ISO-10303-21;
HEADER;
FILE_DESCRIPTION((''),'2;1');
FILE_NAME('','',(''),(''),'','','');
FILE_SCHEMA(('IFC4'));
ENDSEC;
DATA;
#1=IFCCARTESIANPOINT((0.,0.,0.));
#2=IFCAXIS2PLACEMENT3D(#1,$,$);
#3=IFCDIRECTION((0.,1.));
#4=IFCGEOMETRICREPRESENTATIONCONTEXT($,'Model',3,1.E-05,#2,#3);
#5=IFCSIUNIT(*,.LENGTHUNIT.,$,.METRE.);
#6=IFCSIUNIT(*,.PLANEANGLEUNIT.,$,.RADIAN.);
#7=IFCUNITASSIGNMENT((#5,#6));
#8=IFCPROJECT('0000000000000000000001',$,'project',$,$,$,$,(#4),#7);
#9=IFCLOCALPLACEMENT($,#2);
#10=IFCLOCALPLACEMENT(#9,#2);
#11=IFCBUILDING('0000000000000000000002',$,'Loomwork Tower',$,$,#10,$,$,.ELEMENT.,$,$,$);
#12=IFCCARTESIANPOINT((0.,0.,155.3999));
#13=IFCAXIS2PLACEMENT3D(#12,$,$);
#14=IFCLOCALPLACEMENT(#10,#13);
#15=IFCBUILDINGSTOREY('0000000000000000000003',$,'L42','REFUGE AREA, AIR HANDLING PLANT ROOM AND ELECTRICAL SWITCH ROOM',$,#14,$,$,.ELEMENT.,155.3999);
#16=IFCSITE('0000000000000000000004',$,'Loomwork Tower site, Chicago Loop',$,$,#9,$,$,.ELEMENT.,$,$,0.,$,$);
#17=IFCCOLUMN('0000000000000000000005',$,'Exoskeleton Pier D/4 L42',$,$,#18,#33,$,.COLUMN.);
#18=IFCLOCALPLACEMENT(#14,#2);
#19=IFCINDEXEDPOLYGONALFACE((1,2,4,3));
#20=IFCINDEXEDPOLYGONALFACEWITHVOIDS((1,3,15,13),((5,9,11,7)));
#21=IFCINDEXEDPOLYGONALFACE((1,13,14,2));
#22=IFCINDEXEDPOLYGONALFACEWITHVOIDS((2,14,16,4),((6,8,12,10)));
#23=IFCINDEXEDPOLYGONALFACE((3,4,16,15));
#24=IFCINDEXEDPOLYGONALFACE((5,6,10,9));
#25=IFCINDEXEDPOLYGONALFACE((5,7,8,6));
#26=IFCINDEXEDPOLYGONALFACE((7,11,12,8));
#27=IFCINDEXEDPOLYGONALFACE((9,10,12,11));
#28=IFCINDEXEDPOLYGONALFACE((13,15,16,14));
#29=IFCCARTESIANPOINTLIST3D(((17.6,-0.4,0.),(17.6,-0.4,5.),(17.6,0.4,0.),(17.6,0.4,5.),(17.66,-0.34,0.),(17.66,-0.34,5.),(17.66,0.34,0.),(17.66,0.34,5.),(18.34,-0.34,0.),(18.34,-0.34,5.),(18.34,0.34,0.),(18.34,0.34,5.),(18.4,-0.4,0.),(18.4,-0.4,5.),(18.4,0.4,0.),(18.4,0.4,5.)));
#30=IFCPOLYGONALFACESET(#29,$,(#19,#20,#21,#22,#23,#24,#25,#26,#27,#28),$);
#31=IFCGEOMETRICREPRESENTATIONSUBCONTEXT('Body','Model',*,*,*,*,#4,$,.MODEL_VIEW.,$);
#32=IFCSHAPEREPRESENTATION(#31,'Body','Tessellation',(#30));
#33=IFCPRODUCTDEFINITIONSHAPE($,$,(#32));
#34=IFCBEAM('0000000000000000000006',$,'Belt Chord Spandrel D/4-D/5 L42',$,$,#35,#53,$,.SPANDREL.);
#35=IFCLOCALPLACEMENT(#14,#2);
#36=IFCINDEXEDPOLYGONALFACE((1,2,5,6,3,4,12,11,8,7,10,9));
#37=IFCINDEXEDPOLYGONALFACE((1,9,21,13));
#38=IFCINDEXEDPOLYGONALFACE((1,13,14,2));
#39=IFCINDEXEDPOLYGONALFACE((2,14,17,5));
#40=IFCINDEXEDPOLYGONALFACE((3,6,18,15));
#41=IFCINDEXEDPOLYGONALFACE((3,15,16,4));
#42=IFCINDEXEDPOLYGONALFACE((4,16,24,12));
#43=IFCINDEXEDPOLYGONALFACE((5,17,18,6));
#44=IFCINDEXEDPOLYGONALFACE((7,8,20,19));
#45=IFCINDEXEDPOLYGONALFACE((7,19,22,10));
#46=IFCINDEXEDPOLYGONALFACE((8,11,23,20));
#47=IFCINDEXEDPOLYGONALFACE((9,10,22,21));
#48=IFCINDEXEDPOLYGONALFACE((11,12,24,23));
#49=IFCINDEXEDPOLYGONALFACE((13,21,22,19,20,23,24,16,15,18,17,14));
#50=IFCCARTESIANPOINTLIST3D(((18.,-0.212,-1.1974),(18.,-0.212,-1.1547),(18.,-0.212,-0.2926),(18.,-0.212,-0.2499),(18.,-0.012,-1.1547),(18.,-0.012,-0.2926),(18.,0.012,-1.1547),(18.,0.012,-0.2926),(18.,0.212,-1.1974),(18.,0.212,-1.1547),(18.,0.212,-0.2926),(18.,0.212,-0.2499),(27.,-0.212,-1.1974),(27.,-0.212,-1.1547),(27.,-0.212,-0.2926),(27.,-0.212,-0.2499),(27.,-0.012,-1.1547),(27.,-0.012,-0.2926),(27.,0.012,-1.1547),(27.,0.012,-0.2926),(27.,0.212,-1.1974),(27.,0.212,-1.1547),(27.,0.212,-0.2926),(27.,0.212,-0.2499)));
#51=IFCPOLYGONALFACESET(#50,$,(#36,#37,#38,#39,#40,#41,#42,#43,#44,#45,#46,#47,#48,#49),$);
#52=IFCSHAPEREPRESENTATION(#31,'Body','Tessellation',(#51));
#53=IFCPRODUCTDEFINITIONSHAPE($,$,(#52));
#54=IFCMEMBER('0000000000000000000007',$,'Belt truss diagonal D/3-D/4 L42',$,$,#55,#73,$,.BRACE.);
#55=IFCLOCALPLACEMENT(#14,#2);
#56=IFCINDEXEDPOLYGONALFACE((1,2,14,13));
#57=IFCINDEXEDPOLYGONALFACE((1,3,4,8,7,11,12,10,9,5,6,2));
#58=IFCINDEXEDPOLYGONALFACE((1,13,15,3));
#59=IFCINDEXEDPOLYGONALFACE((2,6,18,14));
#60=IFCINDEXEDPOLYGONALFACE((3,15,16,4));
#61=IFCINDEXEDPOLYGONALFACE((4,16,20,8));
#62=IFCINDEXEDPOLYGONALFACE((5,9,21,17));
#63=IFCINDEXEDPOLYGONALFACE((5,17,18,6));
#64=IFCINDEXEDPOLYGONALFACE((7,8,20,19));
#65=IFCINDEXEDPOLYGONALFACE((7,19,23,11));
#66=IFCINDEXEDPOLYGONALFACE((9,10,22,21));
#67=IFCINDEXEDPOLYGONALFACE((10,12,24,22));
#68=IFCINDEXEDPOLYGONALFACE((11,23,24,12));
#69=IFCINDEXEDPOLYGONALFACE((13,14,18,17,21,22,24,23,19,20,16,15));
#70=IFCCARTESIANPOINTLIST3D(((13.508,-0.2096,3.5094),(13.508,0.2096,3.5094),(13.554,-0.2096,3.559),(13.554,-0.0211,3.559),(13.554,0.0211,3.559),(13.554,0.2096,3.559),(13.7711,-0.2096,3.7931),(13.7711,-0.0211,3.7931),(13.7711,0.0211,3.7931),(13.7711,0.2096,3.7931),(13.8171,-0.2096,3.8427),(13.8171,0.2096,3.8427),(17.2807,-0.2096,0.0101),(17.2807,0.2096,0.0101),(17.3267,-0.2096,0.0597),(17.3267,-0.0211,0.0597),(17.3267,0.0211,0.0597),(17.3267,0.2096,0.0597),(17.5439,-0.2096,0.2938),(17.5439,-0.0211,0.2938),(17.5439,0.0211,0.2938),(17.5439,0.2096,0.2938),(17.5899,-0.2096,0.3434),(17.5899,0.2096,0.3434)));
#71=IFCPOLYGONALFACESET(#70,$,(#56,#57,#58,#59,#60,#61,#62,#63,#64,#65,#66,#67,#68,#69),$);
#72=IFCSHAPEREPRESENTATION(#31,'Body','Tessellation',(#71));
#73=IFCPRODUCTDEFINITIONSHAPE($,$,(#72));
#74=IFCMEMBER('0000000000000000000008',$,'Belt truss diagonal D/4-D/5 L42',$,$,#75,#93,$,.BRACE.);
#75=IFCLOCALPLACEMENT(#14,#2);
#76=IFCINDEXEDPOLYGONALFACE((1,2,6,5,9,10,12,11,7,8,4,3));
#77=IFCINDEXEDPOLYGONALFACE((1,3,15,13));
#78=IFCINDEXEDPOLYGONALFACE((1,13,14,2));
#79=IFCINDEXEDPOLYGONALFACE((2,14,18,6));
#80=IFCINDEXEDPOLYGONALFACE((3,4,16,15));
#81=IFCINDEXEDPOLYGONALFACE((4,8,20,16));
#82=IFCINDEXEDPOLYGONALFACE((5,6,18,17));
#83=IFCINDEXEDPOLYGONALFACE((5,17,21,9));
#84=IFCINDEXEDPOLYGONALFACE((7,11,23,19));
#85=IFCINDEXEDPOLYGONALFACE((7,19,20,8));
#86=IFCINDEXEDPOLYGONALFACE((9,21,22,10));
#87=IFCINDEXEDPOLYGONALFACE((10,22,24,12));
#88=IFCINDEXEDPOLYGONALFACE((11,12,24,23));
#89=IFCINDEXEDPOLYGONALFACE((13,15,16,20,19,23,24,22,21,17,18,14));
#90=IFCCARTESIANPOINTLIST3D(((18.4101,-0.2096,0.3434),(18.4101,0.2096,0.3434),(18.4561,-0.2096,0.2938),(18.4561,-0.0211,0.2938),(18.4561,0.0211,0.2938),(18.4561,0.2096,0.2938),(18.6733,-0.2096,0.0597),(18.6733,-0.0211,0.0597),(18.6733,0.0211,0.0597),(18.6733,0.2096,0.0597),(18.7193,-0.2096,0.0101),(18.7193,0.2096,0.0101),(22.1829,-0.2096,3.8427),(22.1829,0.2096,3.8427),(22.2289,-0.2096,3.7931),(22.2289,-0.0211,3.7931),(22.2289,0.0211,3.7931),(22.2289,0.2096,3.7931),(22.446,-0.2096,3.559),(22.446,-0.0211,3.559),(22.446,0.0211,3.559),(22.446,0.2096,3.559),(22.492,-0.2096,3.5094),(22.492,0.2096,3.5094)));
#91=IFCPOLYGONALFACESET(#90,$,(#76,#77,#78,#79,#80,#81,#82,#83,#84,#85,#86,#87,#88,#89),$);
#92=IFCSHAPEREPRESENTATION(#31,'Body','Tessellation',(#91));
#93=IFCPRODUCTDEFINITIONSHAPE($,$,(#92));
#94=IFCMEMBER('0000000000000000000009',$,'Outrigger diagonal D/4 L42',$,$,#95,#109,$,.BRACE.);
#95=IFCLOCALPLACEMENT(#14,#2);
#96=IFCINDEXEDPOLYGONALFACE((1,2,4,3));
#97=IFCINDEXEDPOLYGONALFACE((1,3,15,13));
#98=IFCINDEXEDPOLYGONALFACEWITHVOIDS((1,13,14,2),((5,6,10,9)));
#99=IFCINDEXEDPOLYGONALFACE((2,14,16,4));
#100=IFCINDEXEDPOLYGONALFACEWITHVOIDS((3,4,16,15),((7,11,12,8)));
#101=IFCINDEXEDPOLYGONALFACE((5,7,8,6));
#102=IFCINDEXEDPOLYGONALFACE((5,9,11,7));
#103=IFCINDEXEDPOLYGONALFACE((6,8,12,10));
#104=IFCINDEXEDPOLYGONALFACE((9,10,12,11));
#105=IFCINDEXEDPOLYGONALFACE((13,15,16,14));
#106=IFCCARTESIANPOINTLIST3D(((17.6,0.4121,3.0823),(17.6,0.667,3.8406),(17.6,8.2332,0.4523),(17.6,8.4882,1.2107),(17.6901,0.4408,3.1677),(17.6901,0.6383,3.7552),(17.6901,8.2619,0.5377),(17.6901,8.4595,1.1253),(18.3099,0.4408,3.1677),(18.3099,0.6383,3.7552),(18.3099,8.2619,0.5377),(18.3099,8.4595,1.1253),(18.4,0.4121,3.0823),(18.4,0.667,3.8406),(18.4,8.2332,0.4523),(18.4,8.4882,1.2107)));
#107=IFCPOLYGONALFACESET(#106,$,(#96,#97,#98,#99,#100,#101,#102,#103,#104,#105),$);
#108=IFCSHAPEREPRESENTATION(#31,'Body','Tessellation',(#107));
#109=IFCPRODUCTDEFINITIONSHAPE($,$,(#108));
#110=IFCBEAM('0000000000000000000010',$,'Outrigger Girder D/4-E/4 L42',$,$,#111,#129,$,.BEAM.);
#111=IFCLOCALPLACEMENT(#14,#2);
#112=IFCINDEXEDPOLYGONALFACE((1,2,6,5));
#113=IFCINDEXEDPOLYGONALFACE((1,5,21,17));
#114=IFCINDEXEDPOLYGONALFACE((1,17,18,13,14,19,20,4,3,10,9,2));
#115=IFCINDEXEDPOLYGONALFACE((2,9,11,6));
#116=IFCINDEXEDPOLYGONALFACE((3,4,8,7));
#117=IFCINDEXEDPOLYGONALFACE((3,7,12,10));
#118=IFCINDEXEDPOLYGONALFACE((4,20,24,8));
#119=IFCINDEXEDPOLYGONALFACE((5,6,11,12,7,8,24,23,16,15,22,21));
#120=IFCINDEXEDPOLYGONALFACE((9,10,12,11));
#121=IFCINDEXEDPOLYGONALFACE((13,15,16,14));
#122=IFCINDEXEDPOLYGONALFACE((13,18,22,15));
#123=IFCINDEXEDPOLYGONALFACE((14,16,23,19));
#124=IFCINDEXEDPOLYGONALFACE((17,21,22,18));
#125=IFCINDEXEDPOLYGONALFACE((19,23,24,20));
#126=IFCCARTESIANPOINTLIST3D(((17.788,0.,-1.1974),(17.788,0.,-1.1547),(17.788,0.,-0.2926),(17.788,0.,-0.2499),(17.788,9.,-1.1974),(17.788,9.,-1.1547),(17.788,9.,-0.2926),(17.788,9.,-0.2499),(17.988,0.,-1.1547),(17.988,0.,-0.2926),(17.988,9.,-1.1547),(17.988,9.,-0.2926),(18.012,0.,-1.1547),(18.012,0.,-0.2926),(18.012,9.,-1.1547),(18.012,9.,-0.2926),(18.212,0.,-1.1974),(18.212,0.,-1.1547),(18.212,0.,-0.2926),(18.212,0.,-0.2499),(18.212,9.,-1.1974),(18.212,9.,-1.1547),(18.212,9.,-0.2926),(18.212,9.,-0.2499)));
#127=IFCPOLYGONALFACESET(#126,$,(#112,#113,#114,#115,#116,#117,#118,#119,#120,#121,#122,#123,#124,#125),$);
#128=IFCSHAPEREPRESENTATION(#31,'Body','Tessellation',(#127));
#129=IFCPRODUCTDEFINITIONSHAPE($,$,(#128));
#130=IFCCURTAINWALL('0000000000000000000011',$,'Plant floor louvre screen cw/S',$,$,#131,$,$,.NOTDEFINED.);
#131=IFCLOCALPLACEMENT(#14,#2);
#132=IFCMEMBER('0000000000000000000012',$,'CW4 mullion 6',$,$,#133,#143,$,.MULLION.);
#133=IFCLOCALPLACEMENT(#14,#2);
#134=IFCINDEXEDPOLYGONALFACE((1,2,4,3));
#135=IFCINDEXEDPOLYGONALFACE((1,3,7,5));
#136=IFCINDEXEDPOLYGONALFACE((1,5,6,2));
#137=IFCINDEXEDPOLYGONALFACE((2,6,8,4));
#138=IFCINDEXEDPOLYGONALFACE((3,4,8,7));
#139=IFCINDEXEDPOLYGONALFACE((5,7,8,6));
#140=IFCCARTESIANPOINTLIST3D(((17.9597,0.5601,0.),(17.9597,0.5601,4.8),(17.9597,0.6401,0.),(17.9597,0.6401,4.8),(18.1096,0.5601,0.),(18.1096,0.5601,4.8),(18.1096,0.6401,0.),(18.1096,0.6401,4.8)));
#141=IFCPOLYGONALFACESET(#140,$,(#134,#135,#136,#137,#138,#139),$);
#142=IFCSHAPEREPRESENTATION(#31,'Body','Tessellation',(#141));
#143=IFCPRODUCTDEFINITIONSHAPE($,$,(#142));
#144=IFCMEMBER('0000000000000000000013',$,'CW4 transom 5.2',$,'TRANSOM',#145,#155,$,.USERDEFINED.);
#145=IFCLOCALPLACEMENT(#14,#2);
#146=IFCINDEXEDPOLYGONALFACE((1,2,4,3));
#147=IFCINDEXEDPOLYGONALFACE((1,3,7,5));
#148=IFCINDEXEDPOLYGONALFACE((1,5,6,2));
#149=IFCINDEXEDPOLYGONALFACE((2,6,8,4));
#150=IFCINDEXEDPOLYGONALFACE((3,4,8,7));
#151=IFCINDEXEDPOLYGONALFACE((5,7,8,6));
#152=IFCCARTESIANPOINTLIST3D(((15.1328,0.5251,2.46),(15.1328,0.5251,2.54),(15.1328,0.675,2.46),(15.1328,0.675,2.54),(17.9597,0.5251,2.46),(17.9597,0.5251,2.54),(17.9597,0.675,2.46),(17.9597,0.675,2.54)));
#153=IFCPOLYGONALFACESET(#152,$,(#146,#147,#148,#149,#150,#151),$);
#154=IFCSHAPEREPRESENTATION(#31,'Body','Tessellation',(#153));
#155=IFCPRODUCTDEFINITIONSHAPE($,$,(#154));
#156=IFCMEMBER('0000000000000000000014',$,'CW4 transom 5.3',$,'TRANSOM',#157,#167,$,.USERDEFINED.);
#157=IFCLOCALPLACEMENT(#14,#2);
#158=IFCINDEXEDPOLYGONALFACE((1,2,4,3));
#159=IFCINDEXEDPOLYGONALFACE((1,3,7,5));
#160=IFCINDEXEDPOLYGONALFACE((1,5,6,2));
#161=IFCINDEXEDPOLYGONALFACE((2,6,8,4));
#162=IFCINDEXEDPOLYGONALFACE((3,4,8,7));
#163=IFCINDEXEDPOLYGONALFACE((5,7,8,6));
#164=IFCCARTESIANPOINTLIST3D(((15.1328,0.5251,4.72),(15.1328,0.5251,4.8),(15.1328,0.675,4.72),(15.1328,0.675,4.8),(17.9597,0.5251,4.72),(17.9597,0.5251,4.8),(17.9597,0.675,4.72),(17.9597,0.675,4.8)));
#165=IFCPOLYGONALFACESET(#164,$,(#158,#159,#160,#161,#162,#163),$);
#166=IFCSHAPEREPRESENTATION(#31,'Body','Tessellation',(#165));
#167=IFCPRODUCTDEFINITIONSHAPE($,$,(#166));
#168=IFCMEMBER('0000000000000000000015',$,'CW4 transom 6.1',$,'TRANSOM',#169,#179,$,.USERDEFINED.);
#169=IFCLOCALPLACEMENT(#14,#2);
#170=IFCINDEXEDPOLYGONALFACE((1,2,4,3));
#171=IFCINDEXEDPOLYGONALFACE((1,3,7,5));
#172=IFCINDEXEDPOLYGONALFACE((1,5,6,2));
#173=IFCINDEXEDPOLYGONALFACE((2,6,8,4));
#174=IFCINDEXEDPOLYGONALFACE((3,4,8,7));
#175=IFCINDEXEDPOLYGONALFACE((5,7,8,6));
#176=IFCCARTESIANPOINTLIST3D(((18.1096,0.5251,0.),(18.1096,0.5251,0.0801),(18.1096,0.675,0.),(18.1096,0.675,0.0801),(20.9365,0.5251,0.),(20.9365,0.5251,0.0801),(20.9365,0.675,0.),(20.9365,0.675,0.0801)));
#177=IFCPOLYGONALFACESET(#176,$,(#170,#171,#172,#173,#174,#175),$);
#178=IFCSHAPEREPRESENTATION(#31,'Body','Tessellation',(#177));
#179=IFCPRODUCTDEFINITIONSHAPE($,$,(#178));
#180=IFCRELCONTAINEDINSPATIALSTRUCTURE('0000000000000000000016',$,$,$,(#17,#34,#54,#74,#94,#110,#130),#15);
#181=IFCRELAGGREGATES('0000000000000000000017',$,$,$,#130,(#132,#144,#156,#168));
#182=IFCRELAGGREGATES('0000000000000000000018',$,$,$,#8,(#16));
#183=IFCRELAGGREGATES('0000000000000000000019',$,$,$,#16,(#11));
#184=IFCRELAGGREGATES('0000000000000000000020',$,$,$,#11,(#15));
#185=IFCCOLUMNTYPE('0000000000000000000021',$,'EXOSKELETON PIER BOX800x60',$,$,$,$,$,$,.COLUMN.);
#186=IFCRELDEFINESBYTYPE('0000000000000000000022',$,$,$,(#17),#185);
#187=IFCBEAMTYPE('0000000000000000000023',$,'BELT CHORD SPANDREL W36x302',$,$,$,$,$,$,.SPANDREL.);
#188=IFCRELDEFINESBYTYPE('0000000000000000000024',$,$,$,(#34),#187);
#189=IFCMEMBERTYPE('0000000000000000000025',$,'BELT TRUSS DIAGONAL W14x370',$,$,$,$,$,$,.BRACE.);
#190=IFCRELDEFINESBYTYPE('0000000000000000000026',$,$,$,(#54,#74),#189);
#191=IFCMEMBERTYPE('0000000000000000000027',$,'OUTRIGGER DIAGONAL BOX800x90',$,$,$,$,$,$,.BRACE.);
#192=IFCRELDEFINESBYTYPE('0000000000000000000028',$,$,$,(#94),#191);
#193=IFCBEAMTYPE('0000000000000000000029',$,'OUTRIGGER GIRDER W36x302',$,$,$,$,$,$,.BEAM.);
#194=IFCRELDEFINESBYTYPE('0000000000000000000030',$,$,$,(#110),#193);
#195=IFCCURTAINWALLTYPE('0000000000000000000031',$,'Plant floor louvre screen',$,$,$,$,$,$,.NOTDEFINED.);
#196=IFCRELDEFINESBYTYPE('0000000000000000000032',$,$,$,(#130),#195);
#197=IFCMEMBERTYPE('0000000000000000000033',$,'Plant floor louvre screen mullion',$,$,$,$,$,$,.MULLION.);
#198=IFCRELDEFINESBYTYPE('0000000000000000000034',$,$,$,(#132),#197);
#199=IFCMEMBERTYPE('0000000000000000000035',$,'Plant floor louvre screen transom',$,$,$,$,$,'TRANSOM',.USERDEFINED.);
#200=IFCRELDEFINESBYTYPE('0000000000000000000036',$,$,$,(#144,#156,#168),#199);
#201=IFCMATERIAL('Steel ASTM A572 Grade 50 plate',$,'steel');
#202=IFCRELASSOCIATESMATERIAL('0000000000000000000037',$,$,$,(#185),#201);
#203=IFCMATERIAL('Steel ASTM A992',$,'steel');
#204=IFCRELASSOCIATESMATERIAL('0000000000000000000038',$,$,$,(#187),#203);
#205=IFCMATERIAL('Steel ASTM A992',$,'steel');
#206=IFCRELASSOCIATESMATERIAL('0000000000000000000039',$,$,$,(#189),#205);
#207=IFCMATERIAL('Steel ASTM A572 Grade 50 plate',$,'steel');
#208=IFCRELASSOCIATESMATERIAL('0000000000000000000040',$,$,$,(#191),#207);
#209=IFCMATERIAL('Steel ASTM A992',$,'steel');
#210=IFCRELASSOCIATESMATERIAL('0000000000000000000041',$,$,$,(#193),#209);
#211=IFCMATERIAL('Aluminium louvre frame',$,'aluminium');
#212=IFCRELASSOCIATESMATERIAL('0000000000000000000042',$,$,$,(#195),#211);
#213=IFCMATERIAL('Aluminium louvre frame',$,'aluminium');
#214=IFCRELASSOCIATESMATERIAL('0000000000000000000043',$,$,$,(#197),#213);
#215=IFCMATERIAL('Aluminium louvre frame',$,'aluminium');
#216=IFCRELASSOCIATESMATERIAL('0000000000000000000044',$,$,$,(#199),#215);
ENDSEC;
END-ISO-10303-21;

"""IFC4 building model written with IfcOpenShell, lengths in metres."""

from ifc_helpers import new_model, si_unit, direction, frame, origin, origin_2d, place, context, subcontext, project, spatial, rectangle, hollow_rectangle, i_section, extrude, material, material_profile, profile_set, type_object, element, aggregate, save


model = new_model("IFC4")

# Units and contexts
model_context = context("Model", 3, precision=1e-05, world=origin(), true_north=direction((0.0, 1.0)))
body_context = subcontext(model_context, "Body", "Model", "MODEL_VIEW")
ifc_project = project(units=[si_unit("LENGTHUNIT", "METRE"), si_unit("PLANEANGLEUNIT", "RADIAN")], contexts=[model_context])

# Site, building, storey
site_placement = place(None, origin())
site = spatial("IfcSite", under=ifc_project, at=site_placement, Name="Loomwork Tower site, Chicago Loop", CompositionType="ELEMENT", RefElevation=0.0)
building_placement = place(site_placement, origin())
building = spatial("IfcBuilding", under=site, at=building_placement, Name="Loomwork Tower", CompositionType="ELEMENT")
storey_placement = place(building_placement, frame((0.0, 0.0, 155.3999)))
storey = spatial("IfcBuildingStorey", under=building, at=storey_placement, Name="L42", Description="REFUGE AREA, AIR HANDLING PLANT ROOM AND ELECTRICAL SWITCH ROOM", CompositionType="ELEMENT", Elevation=155.3999)

# Column
ifc_material_1 = material(Name="Steel ASTM A572 Grade 50 plate", Category="steel")
ifc_material_profile_1 = material_profile(ifc_material_1, hollow_rectangle(XDim=0.8, YDim=0.8, WallThickness=0.0601, at=origin_2d()), Name="BOX800x60")
ifc_profile_set_1 = profile_set([ifc_material_profile_1], Name="Steel ASTM A572 Grade 50 plate")
column_type = type_object("IfcColumnType", Name="EXOSKELETON PIER BOX800x60", PredefinedType="COLUMN", material=ifc_profile_set_1)
column_placement = place(storey_placement, frame((18.0, 0.0, 0.0), z_axis=(0.0, 0.0, 1.0), x_axis=(1.0, 0.0, 0.0)))
element("IfcColumn", 1, at=column_placement, inside=storey, type_object=column_type, Name="Exoskeleton Pier D/4 L42", PredefinedType="COLUMN", context=body_context, shape_type="SweptSolid", body=[
    extrude(hollow_rectangle(XDim=0.8, YDim=0.8, WallThickness=0.0601, at=origin_2d()), origin(), (0.0, 0.0, 1.0), 5.0),
])

# Beam
ifc_material_2 = material(Name="Steel ASTM A992", Category="steel")
ifc_material_profile_2 = material_profile(ifc_material_2, i_section(OverallWidth=0.4241, OverallDepth=0.9475, WebThickness=0.0239, FlangeThickness=0.0427, at=origin_2d()), Name="W36x302")
ifc_profile_set_2 = profile_set([ifc_material_profile_2], Name="Steel ASTM A992")
beam_type_1 = type_object("IfcBeamType", Name="BELT CHORD SPANDREL W36x302", PredefinedType="SPANDREL", material=ifc_profile_set_2)
beam_1_placement = place(storey_placement, frame((18.0, 0.0, -0.7236), z_axis=(1.0, 0.0, 0.0), x_axis=(0.0, 1.0, 0.0)))
element("IfcBeam", 2, at=beam_1_placement, inside=storey, type_object=beam_type_1, Name="Belt Chord Spandrel D/4-D/5 L42", PredefinedType="SPANDREL", context=body_context, shape_type="SweptSolid", body=[
    extrude(i_section(OverallWidth=0.4241, OverallDepth=0.9475, WebThickness=0.0239, FlangeThickness=0.0427, at=origin_2d()), origin(), (0.0, 0.0, 1.0), 9.0),
])

# Members
ifc_material_3 = material(Name="Steel ASTM A992", Category="steel")
ifc_material_profile_3 = material_profile(ifc_material_3, i_section(OverallWidth=0.4192, OverallDepth=0.4546, WebThickness=0.0422, FlangeThickness=0.0676, at=origin_2d()), Name="W14x370")
ifc_profile_set_3 = profile_set([ifc_material_profile_3], Name="Steel ASTM A992")
member_type_1 = type_object("IfcMemberType", Name="BELT TRUSS DIAGONAL W14x370", PredefinedType="BRACE", material=ifc_profile_set_3)
for number, where, z_axis, x_axis, name in (
    (3, (17.4353, 0.0, 0.1768), (-0.733177, 0.0, 0.680038), (0.0, -1.0, 0.0), "Belt truss diagonal D/3-D/4 L42"),
    (4, (18.5647, 0.0, 0.1768), (0.733177, 0.0, 0.680038), (0.0, 1.0, 0.0), "Belt truss diagonal D/4-D/5 L42"),
):
    element("IfcMember", number, at=place(storey_placement, frame(where, z_axis=z_axis, x_axis=x_axis)), inside=storey, type_object=member_type_1, Name=name, PredefinedType="BRACE", context=body_context, shape_type="SweptSolid", body=[
        extrude(i_section(OverallWidth=0.4192, OverallDepth=0.4546, WebThickness=0.0422, FlangeThickness=0.0676, at=origin_2d()), origin(), (0.0, 0.0, 1.0), 5.1458),
    ])
ifc_material_4 = material(Name="Steel ASTM A572 Grade 50 plate", Category="steel")
ifc_material_profile_4 = material_profile(ifc_material_4, hollow_rectangle(XDim=0.8, YDim=0.8, WallThickness=0.0901, at=origin_2d()), Name="BOX800x90")
ifc_profile_set_4 = profile_set([ifc_material_profile_4], Name="Steel ASTM A572 Grade 50 plate")
member_type_2 = type_object("IfcMemberType", Name="OUTRIGGER DIAGONAL BOX800x90", PredefinedType="BRACE", material=ifc_profile_set_4)
member_1_placement = place(storey_placement, frame((18.0, 0.5396, 3.4614), z_axis=(0.0, 0.947849, -0.318721), x_axis=(-1.0, 0.0, 0.0)))
element("IfcMember", 5, at=member_1_placement, inside=storey, type_object=member_type_2, Name="Outrigger diagonal D/4 L42", PredefinedType="BRACE", context=body_context, shape_type="SweptSolid", body=[
    extrude(hollow_rectangle(XDim=0.8, YDim=0.8, WallThickness=0.0901, at=origin_2d()), origin(), (0.0, 0.0, 1.0), 8.2515),
])

# Beam
ifc_material_5 = material(Name="Steel ASTM A992", Category="steel")
ifc_material_profile_5 = material_profile(ifc_material_5, i_section(OverallWidth=0.4241, OverallDepth=0.9475, WebThickness=0.0239, FlangeThickness=0.0427, at=origin_2d()), Name="W36x302")
ifc_profile_set_5 = profile_set([ifc_material_profile_5], Name="Steel ASTM A992")
beam_type_2 = type_object("IfcBeamType", Name="OUTRIGGER GIRDER W36x302", PredefinedType="BEAM", material=ifc_profile_set_5)
beam_2_placement = place(storey_placement, frame((18.0, 0.0, -0.7236), z_axis=(0.0, 1.0, 0.0), x_axis=(-1.0, 0.0, 0.0)))
element("IfcBeam", 6, at=beam_2_placement, inside=storey, type_object=beam_type_2, Name="Outrigger Girder D/4-E/4 L42", PredefinedType="BEAM", context=body_context, shape_type="SweptSolid", body=[
    extrude(i_section(OverallWidth=0.4241, OverallDepth=0.9475, WebThickness=0.0239, FlangeThickness=0.0427, at=origin_2d()), origin(), (0.0, 0.0, 1.0), 9.0),
])

# Curtain wall, members
ifc_material_6 = material(Name="Aluminium louvre frame", Category="aluminium")
curtain_wall_type = type_object("IfcCurtainWallType", Name="Plant floor louvre screen", PredefinedType="NOTDEFINED", material=ifc_material_6)
curtain_wall_placement = place(storey_placement, origin())
curtain_wall = element("IfcCurtainWall", 7, at=curtain_wall_placement, inside=storey, type_object=curtain_wall_type, Name="Plant floor louvre screen cw/S", PredefinedType="NOTDEFINED")
ifc_material_7 = material(Name="Aluminium louvre frame", Category="aluminium")
ifc_material_profile_6 = material_profile(ifc_material_7, rectangle(XDim=0.0801, YDim=0.1499, at=origin_2d()), Name="AL 80x150")
ifc_profile_set_6 = profile_set([ifc_material_profile_6], Name="Aluminium louvre frame")
member_type_3 = type_object("IfcMemberType", Name="Plant floor louvre screen mullion", PredefinedType="MULLION", material=ifc_profile_set_6)
member_2_placement = place(storey_placement, frame((18.0347, 0.6001, 0.0), z_axis=(0.0, 0.0, 1.0), x_axis=(0.0, 1.0, 0.0)))
member_2 = element("IfcMember", 8, at=member_2_placement, type_object=member_type_3, Name="CW4 mullion 6", PredefinedType="MULLION", context=body_context, shape_type="SweptSolid", body=[
    extrude(rectangle(XDim=0.0801, YDim=0.1499, at=origin_2d()), origin(), (0.0, 0.0, 1.0), 4.8),
])
ifc_material_8 = material(Name="Aluminium louvre frame", Category="aluminium")
ifc_material_profile_7 = material_profile(ifc_material_8, rectangle(XDim=0.1499, YDim=0.0801, at=origin_2d()), Name="AL 80x150")
ifc_profile_set_7 = profile_set([ifc_material_profile_7], Name="Aluminium louvre frame")
member_type_4 = type_object("IfcMemberType", Name="Plant floor louvre screen transom", ElementType="TRANSOM", PredefinedType="USERDEFINED", material=ifc_profile_set_7)
member_3_placement = place(storey_placement, frame((15.1328, 0.6001, 2.5), z_axis=(1.0, 0.0, 0.0), x_axis=(0.0, 1.0, 0.0)))
member_3 = element("IfcMember", 9, at=member_3_placement, type_object=member_type_4, Name="CW4 transom 5.2", ObjectType="TRANSOM", PredefinedType="USERDEFINED", context=body_context, shape_type="SweptSolid", body=[
    extrude(rectangle(XDim=0.1499, YDim=0.0801, at=origin_2d()), origin(), (0.0, 0.0, 1.0), 2.8269),
])
member_4_placement = place(storey_placement, frame((15.1328, 0.6001, 4.76), z_axis=(1.0, 0.0, 0.0), x_axis=(0.0, 1.0, 0.0)))
member_4 = element("IfcMember", 10, at=member_4_placement, type_object=member_type_4, Name="CW4 transom 5.3", ObjectType="TRANSOM", PredefinedType="USERDEFINED", context=body_context, shape_type="SweptSolid", body=[
    extrude(rectangle(XDim=0.1499, YDim=0.0801, at=origin_2d()), origin(), (0.0, 0.0, 1.0), 2.8269),
])
member_5_placement = place(storey_placement, frame((18.1096, 0.6001, 0.04), z_axis=(1.0, 0.0, 0.0), x_axis=(0.0, 1.0, 0.0)))
member_5 = element("IfcMember", 11, at=member_5_placement, type_object=member_type_4, Name="CW4 transom 6.1", ObjectType="TRANSOM", PredefinedType="USERDEFINED", context=body_context, shape_type="SweptSolid", body=[
    extrude(rectangle(XDim=0.1499, YDim=0.0801, at=origin_2d()), origin(), (0.0, 0.0, 1.0), 2.8269),
])

aggregate(curtain_wall, [member_2, member_3, member_4, member_5])

save(model, "model.ifc")
